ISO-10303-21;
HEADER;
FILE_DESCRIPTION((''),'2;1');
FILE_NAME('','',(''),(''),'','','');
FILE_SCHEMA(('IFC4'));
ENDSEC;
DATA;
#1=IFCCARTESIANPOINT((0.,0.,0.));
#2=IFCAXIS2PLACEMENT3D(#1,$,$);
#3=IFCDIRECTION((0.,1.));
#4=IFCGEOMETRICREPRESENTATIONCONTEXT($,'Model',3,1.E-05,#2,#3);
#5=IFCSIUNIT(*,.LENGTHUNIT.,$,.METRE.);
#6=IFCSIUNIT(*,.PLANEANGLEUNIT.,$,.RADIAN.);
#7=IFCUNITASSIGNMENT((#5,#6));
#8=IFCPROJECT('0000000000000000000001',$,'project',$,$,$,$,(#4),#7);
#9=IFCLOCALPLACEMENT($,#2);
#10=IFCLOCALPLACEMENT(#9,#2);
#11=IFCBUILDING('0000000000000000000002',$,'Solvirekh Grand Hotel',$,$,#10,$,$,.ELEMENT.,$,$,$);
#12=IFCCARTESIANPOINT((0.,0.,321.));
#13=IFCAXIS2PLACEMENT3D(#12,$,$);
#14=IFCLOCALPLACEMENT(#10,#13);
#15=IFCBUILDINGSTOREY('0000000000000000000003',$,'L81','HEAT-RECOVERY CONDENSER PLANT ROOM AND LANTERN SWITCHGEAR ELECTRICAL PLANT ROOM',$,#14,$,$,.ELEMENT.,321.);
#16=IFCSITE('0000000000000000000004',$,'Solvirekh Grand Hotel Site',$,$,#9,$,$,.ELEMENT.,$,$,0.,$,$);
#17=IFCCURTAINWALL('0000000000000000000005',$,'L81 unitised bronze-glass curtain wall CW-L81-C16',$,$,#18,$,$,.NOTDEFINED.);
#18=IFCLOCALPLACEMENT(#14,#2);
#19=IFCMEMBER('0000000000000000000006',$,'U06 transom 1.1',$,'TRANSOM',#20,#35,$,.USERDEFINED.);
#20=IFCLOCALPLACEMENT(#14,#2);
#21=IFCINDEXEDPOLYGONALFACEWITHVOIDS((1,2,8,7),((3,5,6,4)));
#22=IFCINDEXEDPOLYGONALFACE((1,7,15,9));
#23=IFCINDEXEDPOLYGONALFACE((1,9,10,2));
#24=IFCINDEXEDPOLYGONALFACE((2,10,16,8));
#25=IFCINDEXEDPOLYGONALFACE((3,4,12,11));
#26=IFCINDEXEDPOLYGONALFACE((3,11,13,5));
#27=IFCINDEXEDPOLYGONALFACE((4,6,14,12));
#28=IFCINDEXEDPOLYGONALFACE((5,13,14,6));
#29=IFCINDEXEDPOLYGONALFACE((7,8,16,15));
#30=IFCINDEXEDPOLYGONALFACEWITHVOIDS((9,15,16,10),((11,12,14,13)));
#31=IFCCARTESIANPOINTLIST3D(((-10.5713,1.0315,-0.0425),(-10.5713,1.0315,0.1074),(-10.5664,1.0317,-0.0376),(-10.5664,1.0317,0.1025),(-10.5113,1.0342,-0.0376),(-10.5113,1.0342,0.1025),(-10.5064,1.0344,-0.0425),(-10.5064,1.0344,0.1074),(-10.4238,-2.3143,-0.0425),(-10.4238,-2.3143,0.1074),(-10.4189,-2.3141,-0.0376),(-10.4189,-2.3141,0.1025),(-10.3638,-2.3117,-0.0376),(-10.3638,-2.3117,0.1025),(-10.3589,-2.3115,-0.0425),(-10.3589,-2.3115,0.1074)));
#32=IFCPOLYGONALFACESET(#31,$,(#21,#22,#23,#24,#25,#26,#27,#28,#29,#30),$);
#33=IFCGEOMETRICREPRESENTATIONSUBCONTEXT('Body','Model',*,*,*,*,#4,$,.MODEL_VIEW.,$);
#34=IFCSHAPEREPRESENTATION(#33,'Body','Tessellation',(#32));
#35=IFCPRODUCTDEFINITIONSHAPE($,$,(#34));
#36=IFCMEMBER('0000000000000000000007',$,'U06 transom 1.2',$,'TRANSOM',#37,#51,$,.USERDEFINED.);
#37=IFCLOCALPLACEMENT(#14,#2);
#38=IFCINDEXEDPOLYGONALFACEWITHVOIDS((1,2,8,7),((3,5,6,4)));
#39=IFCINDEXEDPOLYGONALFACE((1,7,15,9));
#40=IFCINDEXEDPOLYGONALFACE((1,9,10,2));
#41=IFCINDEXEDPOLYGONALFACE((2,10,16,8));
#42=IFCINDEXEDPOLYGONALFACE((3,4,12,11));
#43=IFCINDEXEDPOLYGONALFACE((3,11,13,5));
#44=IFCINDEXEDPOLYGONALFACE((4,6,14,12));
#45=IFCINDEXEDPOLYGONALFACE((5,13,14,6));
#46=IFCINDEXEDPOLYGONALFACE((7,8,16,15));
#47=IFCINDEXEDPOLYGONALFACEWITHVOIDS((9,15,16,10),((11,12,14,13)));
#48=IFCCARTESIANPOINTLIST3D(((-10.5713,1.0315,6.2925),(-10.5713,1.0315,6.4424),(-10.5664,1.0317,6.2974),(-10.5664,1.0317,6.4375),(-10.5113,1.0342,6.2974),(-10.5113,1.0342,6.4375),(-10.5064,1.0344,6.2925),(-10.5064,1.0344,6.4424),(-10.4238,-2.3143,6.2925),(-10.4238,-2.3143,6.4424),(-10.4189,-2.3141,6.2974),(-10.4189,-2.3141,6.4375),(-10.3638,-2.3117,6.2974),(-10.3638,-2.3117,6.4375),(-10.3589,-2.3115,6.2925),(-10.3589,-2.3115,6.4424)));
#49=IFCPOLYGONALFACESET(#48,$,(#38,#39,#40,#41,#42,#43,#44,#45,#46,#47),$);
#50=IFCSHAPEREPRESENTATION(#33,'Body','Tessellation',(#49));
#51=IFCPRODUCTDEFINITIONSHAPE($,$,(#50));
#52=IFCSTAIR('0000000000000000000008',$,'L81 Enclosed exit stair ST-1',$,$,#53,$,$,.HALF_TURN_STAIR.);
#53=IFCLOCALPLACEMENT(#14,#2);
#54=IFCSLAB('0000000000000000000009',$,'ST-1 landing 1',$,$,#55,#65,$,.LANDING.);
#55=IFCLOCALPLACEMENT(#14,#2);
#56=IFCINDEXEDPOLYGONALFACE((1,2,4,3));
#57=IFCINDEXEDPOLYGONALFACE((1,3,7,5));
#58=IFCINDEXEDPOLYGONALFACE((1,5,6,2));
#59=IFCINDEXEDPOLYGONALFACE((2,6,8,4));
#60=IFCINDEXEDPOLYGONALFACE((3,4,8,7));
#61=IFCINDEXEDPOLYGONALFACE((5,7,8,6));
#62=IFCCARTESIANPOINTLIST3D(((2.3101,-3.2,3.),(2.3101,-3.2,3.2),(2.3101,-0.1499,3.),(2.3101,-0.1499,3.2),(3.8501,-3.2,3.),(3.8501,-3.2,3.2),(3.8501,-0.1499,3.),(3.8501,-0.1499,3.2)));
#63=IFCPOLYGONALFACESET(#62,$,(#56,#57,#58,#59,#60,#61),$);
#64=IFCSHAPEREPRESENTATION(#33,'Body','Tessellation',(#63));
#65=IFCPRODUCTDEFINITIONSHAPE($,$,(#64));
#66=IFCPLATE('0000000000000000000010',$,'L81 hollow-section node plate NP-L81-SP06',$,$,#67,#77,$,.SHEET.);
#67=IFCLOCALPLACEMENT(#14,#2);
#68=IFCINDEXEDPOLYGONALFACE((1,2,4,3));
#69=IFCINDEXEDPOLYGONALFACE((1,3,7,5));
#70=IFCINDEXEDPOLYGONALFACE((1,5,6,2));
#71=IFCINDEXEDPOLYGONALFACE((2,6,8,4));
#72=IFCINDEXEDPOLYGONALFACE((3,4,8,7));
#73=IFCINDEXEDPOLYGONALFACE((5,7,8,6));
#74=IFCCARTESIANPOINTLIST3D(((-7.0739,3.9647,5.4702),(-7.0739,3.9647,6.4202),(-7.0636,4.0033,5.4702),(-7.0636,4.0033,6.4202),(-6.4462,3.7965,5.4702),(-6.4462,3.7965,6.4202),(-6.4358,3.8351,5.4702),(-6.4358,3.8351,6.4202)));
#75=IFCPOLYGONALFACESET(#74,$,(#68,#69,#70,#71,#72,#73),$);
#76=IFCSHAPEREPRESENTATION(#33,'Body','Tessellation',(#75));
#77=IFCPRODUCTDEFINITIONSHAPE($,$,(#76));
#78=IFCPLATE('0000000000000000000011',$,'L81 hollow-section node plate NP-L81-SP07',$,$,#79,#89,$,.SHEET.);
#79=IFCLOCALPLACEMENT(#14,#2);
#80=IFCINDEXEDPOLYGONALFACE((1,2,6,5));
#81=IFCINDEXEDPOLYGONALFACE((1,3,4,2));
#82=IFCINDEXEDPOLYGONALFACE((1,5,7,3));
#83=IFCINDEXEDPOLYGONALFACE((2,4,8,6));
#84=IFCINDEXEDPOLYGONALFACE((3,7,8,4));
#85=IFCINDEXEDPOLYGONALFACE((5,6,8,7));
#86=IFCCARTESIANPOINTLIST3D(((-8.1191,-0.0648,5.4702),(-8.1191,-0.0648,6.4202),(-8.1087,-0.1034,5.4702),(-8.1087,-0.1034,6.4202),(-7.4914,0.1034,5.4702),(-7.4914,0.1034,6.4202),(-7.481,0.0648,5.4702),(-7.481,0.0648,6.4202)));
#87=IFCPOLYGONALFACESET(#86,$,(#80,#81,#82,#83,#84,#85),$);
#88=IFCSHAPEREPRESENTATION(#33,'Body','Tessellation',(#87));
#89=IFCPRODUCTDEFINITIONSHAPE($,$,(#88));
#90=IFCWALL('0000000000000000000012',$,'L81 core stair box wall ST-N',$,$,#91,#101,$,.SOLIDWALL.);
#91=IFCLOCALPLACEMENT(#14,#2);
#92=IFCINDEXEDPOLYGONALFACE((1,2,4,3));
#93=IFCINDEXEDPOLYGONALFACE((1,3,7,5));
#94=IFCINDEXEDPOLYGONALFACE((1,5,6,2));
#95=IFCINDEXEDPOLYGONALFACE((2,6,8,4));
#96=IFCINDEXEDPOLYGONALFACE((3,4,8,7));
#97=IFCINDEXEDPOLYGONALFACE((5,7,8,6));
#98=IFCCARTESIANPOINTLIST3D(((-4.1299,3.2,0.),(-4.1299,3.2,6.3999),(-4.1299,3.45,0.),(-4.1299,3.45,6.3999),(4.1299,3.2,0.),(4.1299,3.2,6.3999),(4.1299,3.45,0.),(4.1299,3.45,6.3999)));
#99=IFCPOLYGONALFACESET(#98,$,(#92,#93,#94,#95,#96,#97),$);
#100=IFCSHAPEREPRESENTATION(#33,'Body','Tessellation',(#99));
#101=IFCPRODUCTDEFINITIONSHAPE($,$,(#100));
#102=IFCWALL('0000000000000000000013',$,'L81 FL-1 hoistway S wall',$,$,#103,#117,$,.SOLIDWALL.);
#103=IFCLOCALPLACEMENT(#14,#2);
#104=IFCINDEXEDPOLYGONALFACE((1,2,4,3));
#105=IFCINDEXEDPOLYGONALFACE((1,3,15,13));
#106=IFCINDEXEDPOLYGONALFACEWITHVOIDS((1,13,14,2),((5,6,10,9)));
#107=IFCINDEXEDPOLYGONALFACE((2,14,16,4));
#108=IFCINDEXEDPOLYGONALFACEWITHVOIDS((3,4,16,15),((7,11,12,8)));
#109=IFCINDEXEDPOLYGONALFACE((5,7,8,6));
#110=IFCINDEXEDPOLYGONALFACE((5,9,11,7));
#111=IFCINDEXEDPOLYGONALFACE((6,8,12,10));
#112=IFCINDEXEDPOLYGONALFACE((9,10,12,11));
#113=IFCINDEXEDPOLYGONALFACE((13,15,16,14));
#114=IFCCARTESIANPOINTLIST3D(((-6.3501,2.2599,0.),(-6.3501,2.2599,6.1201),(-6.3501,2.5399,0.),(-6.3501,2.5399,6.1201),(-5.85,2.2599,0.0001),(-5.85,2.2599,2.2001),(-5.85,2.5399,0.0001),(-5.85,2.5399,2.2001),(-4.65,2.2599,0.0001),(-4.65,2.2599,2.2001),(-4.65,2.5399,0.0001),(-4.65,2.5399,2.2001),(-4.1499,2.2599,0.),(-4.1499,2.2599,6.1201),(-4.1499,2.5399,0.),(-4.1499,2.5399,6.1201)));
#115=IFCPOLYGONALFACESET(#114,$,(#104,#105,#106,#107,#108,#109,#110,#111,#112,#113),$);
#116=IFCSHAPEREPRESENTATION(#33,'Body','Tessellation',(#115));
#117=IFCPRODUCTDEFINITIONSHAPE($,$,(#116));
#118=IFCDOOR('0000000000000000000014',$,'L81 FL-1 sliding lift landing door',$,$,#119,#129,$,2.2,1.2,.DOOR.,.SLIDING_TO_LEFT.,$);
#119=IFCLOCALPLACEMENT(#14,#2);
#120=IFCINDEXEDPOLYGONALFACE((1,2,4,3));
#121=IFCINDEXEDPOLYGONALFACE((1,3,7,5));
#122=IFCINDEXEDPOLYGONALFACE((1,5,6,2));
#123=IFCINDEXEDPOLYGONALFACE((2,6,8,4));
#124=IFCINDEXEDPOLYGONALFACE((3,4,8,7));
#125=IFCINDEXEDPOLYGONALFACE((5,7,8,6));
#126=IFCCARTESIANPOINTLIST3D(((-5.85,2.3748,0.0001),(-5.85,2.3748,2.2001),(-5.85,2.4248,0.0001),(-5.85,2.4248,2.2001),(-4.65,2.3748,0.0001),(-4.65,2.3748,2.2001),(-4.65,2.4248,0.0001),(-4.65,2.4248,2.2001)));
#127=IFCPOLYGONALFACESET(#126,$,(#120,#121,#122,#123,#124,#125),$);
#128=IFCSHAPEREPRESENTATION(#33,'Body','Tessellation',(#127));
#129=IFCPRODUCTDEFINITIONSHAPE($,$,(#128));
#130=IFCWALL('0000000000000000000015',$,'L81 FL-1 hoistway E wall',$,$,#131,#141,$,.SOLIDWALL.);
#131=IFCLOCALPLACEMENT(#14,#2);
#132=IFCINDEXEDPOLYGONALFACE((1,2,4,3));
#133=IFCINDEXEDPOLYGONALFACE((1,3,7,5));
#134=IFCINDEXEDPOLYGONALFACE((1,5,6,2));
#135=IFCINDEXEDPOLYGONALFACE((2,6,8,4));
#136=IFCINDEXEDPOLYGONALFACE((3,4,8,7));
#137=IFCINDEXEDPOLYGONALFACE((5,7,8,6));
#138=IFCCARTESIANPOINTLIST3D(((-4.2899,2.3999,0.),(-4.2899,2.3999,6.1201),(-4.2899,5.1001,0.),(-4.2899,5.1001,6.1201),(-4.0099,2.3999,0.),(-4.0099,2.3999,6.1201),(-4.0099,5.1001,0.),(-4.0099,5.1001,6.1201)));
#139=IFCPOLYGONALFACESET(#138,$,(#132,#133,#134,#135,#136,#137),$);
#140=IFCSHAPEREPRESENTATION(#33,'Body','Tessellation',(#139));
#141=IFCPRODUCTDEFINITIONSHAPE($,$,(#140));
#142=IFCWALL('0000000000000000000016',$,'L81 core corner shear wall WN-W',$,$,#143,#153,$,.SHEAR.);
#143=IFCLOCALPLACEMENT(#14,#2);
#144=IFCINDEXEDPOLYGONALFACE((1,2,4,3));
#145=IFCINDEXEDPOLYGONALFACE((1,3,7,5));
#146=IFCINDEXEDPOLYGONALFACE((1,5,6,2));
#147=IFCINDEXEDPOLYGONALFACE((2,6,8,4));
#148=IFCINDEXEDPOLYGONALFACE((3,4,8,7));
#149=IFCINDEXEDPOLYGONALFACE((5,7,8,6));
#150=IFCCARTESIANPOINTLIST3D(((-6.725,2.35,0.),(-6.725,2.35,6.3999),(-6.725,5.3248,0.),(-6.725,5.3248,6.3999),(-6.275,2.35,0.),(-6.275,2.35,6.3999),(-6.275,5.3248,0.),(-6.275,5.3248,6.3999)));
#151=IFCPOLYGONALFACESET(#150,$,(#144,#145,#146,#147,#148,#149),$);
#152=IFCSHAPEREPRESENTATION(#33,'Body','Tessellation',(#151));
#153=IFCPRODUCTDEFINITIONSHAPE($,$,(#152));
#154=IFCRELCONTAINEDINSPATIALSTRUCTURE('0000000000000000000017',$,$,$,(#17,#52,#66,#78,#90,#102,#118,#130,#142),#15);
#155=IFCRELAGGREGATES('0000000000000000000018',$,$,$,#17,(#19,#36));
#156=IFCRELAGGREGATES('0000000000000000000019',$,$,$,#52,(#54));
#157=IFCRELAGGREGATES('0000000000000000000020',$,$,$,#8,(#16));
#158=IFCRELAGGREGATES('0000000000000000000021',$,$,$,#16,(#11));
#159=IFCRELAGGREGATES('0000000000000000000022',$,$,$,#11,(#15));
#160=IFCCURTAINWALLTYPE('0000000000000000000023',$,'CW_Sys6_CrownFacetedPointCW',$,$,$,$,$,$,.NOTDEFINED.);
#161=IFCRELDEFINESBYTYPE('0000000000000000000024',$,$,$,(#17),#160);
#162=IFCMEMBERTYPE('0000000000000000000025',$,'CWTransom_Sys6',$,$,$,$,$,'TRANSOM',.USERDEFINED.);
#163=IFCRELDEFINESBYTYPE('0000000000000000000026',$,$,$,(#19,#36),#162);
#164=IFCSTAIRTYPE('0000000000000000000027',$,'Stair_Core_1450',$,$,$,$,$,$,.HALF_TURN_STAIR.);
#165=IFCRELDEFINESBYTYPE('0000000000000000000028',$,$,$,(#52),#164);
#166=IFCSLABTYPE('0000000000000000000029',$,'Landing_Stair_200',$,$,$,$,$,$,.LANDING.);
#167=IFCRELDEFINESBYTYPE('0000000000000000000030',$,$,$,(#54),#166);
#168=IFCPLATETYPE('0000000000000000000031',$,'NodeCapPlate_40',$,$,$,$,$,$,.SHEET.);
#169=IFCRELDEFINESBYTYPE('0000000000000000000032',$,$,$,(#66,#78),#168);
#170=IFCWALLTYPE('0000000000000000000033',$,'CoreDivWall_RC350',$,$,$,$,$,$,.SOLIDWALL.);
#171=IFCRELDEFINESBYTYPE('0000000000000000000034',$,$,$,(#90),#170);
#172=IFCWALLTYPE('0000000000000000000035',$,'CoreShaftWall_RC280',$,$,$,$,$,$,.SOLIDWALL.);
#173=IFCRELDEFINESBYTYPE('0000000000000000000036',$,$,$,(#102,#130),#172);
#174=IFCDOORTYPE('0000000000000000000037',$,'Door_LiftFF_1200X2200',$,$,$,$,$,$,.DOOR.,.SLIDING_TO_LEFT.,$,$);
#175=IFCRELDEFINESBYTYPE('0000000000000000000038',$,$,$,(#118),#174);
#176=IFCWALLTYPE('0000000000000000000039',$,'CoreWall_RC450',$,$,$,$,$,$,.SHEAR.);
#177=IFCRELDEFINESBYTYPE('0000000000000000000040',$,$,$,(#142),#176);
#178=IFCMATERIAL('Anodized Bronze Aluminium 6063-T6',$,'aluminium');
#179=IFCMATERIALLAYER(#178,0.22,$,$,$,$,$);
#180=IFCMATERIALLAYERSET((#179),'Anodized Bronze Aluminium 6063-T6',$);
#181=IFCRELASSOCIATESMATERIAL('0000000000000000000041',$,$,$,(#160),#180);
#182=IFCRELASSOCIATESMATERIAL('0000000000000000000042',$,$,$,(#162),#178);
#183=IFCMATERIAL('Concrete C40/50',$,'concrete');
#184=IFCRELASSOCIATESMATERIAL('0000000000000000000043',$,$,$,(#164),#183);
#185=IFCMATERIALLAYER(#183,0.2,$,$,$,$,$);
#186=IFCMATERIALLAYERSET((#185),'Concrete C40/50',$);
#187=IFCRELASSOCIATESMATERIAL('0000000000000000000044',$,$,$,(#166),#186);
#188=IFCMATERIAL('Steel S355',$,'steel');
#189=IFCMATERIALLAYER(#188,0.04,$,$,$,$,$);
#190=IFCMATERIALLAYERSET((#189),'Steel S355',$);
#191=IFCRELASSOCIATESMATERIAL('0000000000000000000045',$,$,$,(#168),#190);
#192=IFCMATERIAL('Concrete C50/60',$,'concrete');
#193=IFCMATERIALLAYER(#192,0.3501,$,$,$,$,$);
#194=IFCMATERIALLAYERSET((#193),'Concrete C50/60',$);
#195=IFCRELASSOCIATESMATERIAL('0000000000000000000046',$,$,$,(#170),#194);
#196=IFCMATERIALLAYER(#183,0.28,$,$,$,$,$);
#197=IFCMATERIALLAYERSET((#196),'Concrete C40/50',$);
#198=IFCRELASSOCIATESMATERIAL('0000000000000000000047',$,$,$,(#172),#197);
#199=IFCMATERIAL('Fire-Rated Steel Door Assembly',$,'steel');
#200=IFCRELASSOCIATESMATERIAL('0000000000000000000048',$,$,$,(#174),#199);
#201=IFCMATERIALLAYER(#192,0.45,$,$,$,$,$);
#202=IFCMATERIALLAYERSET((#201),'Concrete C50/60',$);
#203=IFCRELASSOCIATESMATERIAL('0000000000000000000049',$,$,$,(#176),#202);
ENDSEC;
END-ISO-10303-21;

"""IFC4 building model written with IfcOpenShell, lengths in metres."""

from ifc_helpers import new_model, si_unit, direction, frame, frame_2d, origin, origin_2d, place, context, subcontext, project, spatial, polyline, rectangle, hollow_rectangle, outline, extrude, source, transform, mapped, material, layer, layer_set, material_profile, profile_set, type_object, element, fill, aggregate, save


model = new_model("IFC4")

# Units and contexts
model_context = context("Model", 3, precision=1e-05, world=origin(), true_north=direction((0.0, 1.0)))
body_context = subcontext(model_context, "Body", "Model", "MODEL_VIEW")
ifc_project = project(units=[si_unit("LENGTHUNIT", "METRE"), si_unit("PLANEANGLEUNIT", "RADIAN")], contexts=[model_context])

# Site, building, storey
site_placement = place(None, origin())
site = spatial("IfcSite", under=ifc_project, at=site_placement, Name="Solvirekh Grand Hotel Site", CompositionType="ELEMENT", RefElevation=0.0)
building_placement = place(site_placement, origin())
building = spatial("IfcBuilding", under=site, at=building_placement, Name="Solvirekh Grand Hotel", CompositionType="ELEMENT")
storey_placement = place(building_placement, frame((0.0, 0.0, 321.0)))
storey = spatial("IfcBuildingStorey", under=building, at=storey_placement, Name="L81", Description="HEAT-RECOVERY CONDENSER PLANT ROOM AND LANTERN SWITCHGEAR ELECTRICAL PLANT ROOM", CompositionType="ELEMENT", Elevation=321.0)

# Shared definitions
ifc_material_1 = material(Name="Steel S355", Category="steel")

# Shared definitions
ifc_material_2 = material(Name="Anodized Bronze Aluminium 6063-T6", Category="aluminium")
ifc_layer_1 = layer(ifc_material_2, 0.22)
ifc_layer_set_1 = layer_set([ifc_layer_1], Name="Anodized Bronze Aluminium 6063-T6")
curtain_wall_type = type_object("IfcCurtainWallType", Name="CW_Sys6_CrownFacetedPointCW", PredefinedType="NOTDEFINED", material=ifc_layer_set_1)

# Curtain wall, members
curtain_wall_1_placement = place(storey_placement, origin())
curtain_wall_1 = element("IfcCurtainWall", 1, at=curtain_wall_1_placement, inside=storey, type_object=curtain_wall_type, Name="L81 unitised bronze-glass curtain wall CW-L81-C16", PredefinedType="NOTDEFINED")
ifc_material_profile_1 = material_profile(ifc_material_2, hollow_rectangle(XDim=0.0649, YDim=0.1499, WallThickness=0.0049, at=origin_2d()), Name="ALU RHS 150X65X5")
ifc_profile_set_1 = profile_set([ifc_material_profile_1], Name="Anodized Bronze Aluminium 6063-T6")
member_type_1 = type_object("IfcMemberType", Name="CWTransom_Sys6", ElementType="TRANSOM", PredefinedType="USERDEFINED", material=ifc_profile_set_1)
shared_shape_1 = source(origin(), body_context, "Body", "SweptSolid", [
    extrude(hollow_rectangle(XDim=0.0649, YDim=0.1499, WallThickness=0.0049, at=origin_2d()), origin(), (0.0, 0.0, 1.0), 3.3491),
])
member_1_placement = place(storey_placement, frame((-10.5388, 1.033, 0.0325), z_axis=(0.044029, -0.99903, 0.0), x_axis=(0.99903, 0.044029, 0.0)))
member_1 = element("IfcMember", 2, at=member_1_placement, type_object=member_type_1, Name="U06 transom 1.1", ObjectType="TRANSOM", PredefinedType="USERDEFINED", context=body_context, shape_type="MappedRepresentation", body=[
    mapped(shared_shape_1, transform((0.0, 0.0, 0.0), x_axis=(1.0, 0.0, 0.0), y_axis=(0.0, 1.0, 0.0), z_axis=(0.0, 0.0, 1.0), scale=1.0)),
])
member_2_placement = place(storey_placement, frame((-10.5388, 1.033, 6.3674), z_axis=(0.044029, -0.99903, 0.0), x_axis=(0.99903, 0.044029, 0.0)))
member_2 = element("IfcMember", 3, at=member_2_placement, type_object=member_type_1, Name="U06 transom 1.2", ObjectType="TRANSOM", PredefinedType="USERDEFINED", context=body_context, shape_type="MappedRepresentation", body=[
    mapped(shared_shape_1, transform((0.0, 0.0, 0.0), x_axis=(1.0, 0.0, 0.0), y_axis=(0.0, 1.0, 0.0), z_axis=(0.0, 0.0, 1.0), scale=1.0)),
])
aggregate(curtain_wall_1, [member_1, member_2])

# Stair, slab
ifc_material_3 = material(Name="Concrete C40/50", Category="concrete")
stair_type = type_object("IfcStairType", Name="Stair_Core_1450", PredefinedType="HALF_TURN_STAIR", material=ifc_material_3)
stair_1_placement = place(storey_placement, origin())
stair_1 = element("IfcStair", 4, at=stair_1_placement, inside=storey, type_object=stair_type, Name="L81 Enclosed exit stair ST-1", PredefinedType="HALF_TURN_STAIR")
ifc_layer_2 = layer(ifc_material_3, 0.2)
ifc_layer_set_2 = layer_set([ifc_layer_2], Name="Concrete C40/50")
slab_type = type_object("IfcSlabType", Name="Landing_Stair_200", PredefinedType="LANDING", material=ifc_layer_set_2)
slab_placement = place(storey_placement, frame((0.0, 0.0, 3.0)))
slab = element("IfcSlab", 5, at=slab_placement, type_object=slab_type, Name="ST-1 landing 1", PredefinedType="LANDING", context=body_context, shape_type="SweptSolid", body=[
    extrude(outline(polyline([(2.3101, -3.2), (3.8501, -3.2), (3.8501, -0.1499), (2.3101, -0.1499), (2.3101, -3.2)])), origin(), (0.0, 0.0, 1.0), 0.2),
])
aggregate(stair_1, [slab])

# Plates
ifc_layer_3 = layer(ifc_material_1, 0.04)
ifc_layer_set_3 = layer_set([ifc_layer_3], Name="Steel S355")
plate_type = type_object("IfcPlateType", Name="NodeCapPlate_40", PredefinedType="SHEET", material=ifc_layer_set_3)
for number, where, z_axis, x_axis, name in (
    (6, (-6.7549, 3.8999, 5.4702), (0.0, 0.0, 1.0), (-0.258819, -0.965926, 0.0), "L81 hollow-section node plate NP-L81-SP06"),
    (7, (-7.8, 0.0, 5.4702), (0.0, 0.0, 1.0), (0.258819, -0.965926, 0.0), "L81 hollow-section node plate NP-L81-SP07"),
):
    element("IfcPlate", number, at=place(storey_placement, frame(where, z_axis=z_axis, x_axis=x_axis)), inside=storey, type_object=plate_type, Name=name, PredefinedType="SHEET", context=body_context, shape_type="SweptSolid", body=[
        extrude(rectangle(XDim=0.04, YDim=0.6499, at=origin_2d()), origin(), (0.0, 0.0, 1.0), 0.95),
    ])

# Wall
ifc_material_4 = material(Name="Concrete C50/60", Category="concrete")
ifc_layer_4 = layer(ifc_material_4, 0.3501)
ifc_layer_set_4 = layer_set([ifc_layer_4], Name="Concrete C50/60")
wall_type_1 = type_object("IfcWallType", Name="CoreDivWall_RC350", PredefinedType="SOLIDWALL", material=ifc_layer_set_4)
wall_1_placement = place(storey_placement, frame((-4.1299, 3.325, 0.0), z_axis=(0.0, 0.0, 1.0), x_axis=(1.0, 0.0, 0.0)))
element("IfcWall", 8, at=wall_1_placement, inside=storey, type_object=wall_type_1, Name="L81 core stair box wall ST-N", PredefinedType="SOLIDWALL", context=body_context, shape_type="SweptSolid", body=[
    extrude(rectangle(XDim=8.2598, YDim=0.25, at=frame_2d((4.1299, 0.0))), origin(), (0.0, 0.0, 1.0), 6.3999),
])

# Wall, opening, door
ifc_layer_5 = layer(ifc_material_3, 0.28)
ifc_layer_set_5 = layer_set([ifc_layer_5], Name="Concrete C40/50")
wall_type_2 = type_object("IfcWallType", Name="CoreShaftWall_RC280", PredefinedType="SOLIDWALL", material=ifc_layer_set_5)
wall_2_placement = place(storey_placement, frame((-6.3501, 2.3999, 0.0), z_axis=(0.0, 0.0, 1.0), x_axis=(1.0, 0.0, 0.0)))
wall_2 = element("IfcWall", 9, at=wall_2_placement, inside=storey, type_object=wall_type_2, Name="L81 FL-1 hoistway S wall", PredefinedType="SOLIDWALL", context=body_context, shape_type="SweptSolid", body=[
    extrude(rectangle(XDim=2.2002, YDim=0.28, at=frame_2d((1.1001, 0.0))), origin(), (0.0, 0.0, 1.0), 6.1201),
])
opening_1_placement = place(wall_2_placement, frame((0.5, 0.0, 0.0)))
opening_1 = element("IfcOpeningElement", 10, at=opening_1_placement, cuts=wall_2, PredefinedType="OPENING", context=body_context, shape_type="SweptSolid", body=[
    extrude(rectangle(XDim=1.2, YDim=2.2, at=frame_2d((0.6001, 1.1001))), frame((0.0, 0.1499, 0.0), z_axis=(0.0, -1.0, 0.0), x_axis=(1.0, 0.0, 0.0)), (0.0, 0.0, 1.0), 0.3),
])
ifc_material_5 = material(Name="Fire-Rated Steel Door Assembly", Category="steel")
door_type = type_object("IfcDoorType", Name="Door_LiftFF_1200X2200", OperationType="SLIDING_TO_LEFT", PredefinedType="DOOR", material=ifc_material_5)
door_placement = place(opening_1_placement, origin())
door = element("IfcDoor", 11, at=door_placement, inside=storey, type_object=door_type, Name="L81 FL-1 sliding lift landing door", OperationType="SLIDING_TO_LEFT", OverallHeight=2.2, OverallWidth=1.2, PredefinedType="DOOR", context=body_context, shape_type="SweptSolid", body=[
    extrude(rectangle(XDim=1.2, YDim=2.2, at=frame_2d((0.6001, 1.1001))), frame((0.0, 0.0249, 0.0), z_axis=(0.0, -1.0, 0.0), x_axis=(1.0, 0.0, 0.0)), (0.0, 0.0, 1.0), 0.05),
])
fill(opening_1, door)

# Walls
wall_3_placement = place(storey_placement, frame((-4.1499, 2.3999, 0.0), z_axis=(0.0, 0.0, 1.0), x_axis=(0.0, 1.0, 0.0)))
element("IfcWall", 12, at=wall_3_placement, inside=storey, type_object=wall_type_2, Name="L81 FL-1 hoistway E wall", PredefinedType="SOLIDWALL", context=body_context, shape_type="SweptSolid", body=[
    extrude(rectangle(XDim=2.7002, YDim=0.28, at=frame_2d((1.3501, 0.0))), origin(), (0.0, 0.0, 1.0), 6.1201),
])
ifc_layer_6 = layer(ifc_material_4, 0.45)
ifc_layer_set_6 = layer_set([ifc_layer_6], Name="Concrete C50/60")
wall_type_3 = type_object("IfcWallType", Name="CoreWall_RC450", PredefinedType="SHEAR", material=ifc_layer_set_6)
wall_4_placement = place(storey_placement, frame((-6.5, 2.3501, 0.0), z_axis=(0.0, 0.0, 1.0), x_axis=(0.0, 1.0, 0.0)))
element("IfcWall", 13, at=wall_4_placement, inside=storey, type_object=wall_type_3, Name="L81 core corner shear wall WN-W", PredefinedType="SHEAR", context=body_context, shape_type="SweptSolid", body=[
    extrude(rectangle(XDim=2.9749, YDim=0.45, at=frame_2d((1.4873, 0.0))), origin(), (0.0, 0.0, 1.0), 6.3999),
])

save(model, "model.ifc")
